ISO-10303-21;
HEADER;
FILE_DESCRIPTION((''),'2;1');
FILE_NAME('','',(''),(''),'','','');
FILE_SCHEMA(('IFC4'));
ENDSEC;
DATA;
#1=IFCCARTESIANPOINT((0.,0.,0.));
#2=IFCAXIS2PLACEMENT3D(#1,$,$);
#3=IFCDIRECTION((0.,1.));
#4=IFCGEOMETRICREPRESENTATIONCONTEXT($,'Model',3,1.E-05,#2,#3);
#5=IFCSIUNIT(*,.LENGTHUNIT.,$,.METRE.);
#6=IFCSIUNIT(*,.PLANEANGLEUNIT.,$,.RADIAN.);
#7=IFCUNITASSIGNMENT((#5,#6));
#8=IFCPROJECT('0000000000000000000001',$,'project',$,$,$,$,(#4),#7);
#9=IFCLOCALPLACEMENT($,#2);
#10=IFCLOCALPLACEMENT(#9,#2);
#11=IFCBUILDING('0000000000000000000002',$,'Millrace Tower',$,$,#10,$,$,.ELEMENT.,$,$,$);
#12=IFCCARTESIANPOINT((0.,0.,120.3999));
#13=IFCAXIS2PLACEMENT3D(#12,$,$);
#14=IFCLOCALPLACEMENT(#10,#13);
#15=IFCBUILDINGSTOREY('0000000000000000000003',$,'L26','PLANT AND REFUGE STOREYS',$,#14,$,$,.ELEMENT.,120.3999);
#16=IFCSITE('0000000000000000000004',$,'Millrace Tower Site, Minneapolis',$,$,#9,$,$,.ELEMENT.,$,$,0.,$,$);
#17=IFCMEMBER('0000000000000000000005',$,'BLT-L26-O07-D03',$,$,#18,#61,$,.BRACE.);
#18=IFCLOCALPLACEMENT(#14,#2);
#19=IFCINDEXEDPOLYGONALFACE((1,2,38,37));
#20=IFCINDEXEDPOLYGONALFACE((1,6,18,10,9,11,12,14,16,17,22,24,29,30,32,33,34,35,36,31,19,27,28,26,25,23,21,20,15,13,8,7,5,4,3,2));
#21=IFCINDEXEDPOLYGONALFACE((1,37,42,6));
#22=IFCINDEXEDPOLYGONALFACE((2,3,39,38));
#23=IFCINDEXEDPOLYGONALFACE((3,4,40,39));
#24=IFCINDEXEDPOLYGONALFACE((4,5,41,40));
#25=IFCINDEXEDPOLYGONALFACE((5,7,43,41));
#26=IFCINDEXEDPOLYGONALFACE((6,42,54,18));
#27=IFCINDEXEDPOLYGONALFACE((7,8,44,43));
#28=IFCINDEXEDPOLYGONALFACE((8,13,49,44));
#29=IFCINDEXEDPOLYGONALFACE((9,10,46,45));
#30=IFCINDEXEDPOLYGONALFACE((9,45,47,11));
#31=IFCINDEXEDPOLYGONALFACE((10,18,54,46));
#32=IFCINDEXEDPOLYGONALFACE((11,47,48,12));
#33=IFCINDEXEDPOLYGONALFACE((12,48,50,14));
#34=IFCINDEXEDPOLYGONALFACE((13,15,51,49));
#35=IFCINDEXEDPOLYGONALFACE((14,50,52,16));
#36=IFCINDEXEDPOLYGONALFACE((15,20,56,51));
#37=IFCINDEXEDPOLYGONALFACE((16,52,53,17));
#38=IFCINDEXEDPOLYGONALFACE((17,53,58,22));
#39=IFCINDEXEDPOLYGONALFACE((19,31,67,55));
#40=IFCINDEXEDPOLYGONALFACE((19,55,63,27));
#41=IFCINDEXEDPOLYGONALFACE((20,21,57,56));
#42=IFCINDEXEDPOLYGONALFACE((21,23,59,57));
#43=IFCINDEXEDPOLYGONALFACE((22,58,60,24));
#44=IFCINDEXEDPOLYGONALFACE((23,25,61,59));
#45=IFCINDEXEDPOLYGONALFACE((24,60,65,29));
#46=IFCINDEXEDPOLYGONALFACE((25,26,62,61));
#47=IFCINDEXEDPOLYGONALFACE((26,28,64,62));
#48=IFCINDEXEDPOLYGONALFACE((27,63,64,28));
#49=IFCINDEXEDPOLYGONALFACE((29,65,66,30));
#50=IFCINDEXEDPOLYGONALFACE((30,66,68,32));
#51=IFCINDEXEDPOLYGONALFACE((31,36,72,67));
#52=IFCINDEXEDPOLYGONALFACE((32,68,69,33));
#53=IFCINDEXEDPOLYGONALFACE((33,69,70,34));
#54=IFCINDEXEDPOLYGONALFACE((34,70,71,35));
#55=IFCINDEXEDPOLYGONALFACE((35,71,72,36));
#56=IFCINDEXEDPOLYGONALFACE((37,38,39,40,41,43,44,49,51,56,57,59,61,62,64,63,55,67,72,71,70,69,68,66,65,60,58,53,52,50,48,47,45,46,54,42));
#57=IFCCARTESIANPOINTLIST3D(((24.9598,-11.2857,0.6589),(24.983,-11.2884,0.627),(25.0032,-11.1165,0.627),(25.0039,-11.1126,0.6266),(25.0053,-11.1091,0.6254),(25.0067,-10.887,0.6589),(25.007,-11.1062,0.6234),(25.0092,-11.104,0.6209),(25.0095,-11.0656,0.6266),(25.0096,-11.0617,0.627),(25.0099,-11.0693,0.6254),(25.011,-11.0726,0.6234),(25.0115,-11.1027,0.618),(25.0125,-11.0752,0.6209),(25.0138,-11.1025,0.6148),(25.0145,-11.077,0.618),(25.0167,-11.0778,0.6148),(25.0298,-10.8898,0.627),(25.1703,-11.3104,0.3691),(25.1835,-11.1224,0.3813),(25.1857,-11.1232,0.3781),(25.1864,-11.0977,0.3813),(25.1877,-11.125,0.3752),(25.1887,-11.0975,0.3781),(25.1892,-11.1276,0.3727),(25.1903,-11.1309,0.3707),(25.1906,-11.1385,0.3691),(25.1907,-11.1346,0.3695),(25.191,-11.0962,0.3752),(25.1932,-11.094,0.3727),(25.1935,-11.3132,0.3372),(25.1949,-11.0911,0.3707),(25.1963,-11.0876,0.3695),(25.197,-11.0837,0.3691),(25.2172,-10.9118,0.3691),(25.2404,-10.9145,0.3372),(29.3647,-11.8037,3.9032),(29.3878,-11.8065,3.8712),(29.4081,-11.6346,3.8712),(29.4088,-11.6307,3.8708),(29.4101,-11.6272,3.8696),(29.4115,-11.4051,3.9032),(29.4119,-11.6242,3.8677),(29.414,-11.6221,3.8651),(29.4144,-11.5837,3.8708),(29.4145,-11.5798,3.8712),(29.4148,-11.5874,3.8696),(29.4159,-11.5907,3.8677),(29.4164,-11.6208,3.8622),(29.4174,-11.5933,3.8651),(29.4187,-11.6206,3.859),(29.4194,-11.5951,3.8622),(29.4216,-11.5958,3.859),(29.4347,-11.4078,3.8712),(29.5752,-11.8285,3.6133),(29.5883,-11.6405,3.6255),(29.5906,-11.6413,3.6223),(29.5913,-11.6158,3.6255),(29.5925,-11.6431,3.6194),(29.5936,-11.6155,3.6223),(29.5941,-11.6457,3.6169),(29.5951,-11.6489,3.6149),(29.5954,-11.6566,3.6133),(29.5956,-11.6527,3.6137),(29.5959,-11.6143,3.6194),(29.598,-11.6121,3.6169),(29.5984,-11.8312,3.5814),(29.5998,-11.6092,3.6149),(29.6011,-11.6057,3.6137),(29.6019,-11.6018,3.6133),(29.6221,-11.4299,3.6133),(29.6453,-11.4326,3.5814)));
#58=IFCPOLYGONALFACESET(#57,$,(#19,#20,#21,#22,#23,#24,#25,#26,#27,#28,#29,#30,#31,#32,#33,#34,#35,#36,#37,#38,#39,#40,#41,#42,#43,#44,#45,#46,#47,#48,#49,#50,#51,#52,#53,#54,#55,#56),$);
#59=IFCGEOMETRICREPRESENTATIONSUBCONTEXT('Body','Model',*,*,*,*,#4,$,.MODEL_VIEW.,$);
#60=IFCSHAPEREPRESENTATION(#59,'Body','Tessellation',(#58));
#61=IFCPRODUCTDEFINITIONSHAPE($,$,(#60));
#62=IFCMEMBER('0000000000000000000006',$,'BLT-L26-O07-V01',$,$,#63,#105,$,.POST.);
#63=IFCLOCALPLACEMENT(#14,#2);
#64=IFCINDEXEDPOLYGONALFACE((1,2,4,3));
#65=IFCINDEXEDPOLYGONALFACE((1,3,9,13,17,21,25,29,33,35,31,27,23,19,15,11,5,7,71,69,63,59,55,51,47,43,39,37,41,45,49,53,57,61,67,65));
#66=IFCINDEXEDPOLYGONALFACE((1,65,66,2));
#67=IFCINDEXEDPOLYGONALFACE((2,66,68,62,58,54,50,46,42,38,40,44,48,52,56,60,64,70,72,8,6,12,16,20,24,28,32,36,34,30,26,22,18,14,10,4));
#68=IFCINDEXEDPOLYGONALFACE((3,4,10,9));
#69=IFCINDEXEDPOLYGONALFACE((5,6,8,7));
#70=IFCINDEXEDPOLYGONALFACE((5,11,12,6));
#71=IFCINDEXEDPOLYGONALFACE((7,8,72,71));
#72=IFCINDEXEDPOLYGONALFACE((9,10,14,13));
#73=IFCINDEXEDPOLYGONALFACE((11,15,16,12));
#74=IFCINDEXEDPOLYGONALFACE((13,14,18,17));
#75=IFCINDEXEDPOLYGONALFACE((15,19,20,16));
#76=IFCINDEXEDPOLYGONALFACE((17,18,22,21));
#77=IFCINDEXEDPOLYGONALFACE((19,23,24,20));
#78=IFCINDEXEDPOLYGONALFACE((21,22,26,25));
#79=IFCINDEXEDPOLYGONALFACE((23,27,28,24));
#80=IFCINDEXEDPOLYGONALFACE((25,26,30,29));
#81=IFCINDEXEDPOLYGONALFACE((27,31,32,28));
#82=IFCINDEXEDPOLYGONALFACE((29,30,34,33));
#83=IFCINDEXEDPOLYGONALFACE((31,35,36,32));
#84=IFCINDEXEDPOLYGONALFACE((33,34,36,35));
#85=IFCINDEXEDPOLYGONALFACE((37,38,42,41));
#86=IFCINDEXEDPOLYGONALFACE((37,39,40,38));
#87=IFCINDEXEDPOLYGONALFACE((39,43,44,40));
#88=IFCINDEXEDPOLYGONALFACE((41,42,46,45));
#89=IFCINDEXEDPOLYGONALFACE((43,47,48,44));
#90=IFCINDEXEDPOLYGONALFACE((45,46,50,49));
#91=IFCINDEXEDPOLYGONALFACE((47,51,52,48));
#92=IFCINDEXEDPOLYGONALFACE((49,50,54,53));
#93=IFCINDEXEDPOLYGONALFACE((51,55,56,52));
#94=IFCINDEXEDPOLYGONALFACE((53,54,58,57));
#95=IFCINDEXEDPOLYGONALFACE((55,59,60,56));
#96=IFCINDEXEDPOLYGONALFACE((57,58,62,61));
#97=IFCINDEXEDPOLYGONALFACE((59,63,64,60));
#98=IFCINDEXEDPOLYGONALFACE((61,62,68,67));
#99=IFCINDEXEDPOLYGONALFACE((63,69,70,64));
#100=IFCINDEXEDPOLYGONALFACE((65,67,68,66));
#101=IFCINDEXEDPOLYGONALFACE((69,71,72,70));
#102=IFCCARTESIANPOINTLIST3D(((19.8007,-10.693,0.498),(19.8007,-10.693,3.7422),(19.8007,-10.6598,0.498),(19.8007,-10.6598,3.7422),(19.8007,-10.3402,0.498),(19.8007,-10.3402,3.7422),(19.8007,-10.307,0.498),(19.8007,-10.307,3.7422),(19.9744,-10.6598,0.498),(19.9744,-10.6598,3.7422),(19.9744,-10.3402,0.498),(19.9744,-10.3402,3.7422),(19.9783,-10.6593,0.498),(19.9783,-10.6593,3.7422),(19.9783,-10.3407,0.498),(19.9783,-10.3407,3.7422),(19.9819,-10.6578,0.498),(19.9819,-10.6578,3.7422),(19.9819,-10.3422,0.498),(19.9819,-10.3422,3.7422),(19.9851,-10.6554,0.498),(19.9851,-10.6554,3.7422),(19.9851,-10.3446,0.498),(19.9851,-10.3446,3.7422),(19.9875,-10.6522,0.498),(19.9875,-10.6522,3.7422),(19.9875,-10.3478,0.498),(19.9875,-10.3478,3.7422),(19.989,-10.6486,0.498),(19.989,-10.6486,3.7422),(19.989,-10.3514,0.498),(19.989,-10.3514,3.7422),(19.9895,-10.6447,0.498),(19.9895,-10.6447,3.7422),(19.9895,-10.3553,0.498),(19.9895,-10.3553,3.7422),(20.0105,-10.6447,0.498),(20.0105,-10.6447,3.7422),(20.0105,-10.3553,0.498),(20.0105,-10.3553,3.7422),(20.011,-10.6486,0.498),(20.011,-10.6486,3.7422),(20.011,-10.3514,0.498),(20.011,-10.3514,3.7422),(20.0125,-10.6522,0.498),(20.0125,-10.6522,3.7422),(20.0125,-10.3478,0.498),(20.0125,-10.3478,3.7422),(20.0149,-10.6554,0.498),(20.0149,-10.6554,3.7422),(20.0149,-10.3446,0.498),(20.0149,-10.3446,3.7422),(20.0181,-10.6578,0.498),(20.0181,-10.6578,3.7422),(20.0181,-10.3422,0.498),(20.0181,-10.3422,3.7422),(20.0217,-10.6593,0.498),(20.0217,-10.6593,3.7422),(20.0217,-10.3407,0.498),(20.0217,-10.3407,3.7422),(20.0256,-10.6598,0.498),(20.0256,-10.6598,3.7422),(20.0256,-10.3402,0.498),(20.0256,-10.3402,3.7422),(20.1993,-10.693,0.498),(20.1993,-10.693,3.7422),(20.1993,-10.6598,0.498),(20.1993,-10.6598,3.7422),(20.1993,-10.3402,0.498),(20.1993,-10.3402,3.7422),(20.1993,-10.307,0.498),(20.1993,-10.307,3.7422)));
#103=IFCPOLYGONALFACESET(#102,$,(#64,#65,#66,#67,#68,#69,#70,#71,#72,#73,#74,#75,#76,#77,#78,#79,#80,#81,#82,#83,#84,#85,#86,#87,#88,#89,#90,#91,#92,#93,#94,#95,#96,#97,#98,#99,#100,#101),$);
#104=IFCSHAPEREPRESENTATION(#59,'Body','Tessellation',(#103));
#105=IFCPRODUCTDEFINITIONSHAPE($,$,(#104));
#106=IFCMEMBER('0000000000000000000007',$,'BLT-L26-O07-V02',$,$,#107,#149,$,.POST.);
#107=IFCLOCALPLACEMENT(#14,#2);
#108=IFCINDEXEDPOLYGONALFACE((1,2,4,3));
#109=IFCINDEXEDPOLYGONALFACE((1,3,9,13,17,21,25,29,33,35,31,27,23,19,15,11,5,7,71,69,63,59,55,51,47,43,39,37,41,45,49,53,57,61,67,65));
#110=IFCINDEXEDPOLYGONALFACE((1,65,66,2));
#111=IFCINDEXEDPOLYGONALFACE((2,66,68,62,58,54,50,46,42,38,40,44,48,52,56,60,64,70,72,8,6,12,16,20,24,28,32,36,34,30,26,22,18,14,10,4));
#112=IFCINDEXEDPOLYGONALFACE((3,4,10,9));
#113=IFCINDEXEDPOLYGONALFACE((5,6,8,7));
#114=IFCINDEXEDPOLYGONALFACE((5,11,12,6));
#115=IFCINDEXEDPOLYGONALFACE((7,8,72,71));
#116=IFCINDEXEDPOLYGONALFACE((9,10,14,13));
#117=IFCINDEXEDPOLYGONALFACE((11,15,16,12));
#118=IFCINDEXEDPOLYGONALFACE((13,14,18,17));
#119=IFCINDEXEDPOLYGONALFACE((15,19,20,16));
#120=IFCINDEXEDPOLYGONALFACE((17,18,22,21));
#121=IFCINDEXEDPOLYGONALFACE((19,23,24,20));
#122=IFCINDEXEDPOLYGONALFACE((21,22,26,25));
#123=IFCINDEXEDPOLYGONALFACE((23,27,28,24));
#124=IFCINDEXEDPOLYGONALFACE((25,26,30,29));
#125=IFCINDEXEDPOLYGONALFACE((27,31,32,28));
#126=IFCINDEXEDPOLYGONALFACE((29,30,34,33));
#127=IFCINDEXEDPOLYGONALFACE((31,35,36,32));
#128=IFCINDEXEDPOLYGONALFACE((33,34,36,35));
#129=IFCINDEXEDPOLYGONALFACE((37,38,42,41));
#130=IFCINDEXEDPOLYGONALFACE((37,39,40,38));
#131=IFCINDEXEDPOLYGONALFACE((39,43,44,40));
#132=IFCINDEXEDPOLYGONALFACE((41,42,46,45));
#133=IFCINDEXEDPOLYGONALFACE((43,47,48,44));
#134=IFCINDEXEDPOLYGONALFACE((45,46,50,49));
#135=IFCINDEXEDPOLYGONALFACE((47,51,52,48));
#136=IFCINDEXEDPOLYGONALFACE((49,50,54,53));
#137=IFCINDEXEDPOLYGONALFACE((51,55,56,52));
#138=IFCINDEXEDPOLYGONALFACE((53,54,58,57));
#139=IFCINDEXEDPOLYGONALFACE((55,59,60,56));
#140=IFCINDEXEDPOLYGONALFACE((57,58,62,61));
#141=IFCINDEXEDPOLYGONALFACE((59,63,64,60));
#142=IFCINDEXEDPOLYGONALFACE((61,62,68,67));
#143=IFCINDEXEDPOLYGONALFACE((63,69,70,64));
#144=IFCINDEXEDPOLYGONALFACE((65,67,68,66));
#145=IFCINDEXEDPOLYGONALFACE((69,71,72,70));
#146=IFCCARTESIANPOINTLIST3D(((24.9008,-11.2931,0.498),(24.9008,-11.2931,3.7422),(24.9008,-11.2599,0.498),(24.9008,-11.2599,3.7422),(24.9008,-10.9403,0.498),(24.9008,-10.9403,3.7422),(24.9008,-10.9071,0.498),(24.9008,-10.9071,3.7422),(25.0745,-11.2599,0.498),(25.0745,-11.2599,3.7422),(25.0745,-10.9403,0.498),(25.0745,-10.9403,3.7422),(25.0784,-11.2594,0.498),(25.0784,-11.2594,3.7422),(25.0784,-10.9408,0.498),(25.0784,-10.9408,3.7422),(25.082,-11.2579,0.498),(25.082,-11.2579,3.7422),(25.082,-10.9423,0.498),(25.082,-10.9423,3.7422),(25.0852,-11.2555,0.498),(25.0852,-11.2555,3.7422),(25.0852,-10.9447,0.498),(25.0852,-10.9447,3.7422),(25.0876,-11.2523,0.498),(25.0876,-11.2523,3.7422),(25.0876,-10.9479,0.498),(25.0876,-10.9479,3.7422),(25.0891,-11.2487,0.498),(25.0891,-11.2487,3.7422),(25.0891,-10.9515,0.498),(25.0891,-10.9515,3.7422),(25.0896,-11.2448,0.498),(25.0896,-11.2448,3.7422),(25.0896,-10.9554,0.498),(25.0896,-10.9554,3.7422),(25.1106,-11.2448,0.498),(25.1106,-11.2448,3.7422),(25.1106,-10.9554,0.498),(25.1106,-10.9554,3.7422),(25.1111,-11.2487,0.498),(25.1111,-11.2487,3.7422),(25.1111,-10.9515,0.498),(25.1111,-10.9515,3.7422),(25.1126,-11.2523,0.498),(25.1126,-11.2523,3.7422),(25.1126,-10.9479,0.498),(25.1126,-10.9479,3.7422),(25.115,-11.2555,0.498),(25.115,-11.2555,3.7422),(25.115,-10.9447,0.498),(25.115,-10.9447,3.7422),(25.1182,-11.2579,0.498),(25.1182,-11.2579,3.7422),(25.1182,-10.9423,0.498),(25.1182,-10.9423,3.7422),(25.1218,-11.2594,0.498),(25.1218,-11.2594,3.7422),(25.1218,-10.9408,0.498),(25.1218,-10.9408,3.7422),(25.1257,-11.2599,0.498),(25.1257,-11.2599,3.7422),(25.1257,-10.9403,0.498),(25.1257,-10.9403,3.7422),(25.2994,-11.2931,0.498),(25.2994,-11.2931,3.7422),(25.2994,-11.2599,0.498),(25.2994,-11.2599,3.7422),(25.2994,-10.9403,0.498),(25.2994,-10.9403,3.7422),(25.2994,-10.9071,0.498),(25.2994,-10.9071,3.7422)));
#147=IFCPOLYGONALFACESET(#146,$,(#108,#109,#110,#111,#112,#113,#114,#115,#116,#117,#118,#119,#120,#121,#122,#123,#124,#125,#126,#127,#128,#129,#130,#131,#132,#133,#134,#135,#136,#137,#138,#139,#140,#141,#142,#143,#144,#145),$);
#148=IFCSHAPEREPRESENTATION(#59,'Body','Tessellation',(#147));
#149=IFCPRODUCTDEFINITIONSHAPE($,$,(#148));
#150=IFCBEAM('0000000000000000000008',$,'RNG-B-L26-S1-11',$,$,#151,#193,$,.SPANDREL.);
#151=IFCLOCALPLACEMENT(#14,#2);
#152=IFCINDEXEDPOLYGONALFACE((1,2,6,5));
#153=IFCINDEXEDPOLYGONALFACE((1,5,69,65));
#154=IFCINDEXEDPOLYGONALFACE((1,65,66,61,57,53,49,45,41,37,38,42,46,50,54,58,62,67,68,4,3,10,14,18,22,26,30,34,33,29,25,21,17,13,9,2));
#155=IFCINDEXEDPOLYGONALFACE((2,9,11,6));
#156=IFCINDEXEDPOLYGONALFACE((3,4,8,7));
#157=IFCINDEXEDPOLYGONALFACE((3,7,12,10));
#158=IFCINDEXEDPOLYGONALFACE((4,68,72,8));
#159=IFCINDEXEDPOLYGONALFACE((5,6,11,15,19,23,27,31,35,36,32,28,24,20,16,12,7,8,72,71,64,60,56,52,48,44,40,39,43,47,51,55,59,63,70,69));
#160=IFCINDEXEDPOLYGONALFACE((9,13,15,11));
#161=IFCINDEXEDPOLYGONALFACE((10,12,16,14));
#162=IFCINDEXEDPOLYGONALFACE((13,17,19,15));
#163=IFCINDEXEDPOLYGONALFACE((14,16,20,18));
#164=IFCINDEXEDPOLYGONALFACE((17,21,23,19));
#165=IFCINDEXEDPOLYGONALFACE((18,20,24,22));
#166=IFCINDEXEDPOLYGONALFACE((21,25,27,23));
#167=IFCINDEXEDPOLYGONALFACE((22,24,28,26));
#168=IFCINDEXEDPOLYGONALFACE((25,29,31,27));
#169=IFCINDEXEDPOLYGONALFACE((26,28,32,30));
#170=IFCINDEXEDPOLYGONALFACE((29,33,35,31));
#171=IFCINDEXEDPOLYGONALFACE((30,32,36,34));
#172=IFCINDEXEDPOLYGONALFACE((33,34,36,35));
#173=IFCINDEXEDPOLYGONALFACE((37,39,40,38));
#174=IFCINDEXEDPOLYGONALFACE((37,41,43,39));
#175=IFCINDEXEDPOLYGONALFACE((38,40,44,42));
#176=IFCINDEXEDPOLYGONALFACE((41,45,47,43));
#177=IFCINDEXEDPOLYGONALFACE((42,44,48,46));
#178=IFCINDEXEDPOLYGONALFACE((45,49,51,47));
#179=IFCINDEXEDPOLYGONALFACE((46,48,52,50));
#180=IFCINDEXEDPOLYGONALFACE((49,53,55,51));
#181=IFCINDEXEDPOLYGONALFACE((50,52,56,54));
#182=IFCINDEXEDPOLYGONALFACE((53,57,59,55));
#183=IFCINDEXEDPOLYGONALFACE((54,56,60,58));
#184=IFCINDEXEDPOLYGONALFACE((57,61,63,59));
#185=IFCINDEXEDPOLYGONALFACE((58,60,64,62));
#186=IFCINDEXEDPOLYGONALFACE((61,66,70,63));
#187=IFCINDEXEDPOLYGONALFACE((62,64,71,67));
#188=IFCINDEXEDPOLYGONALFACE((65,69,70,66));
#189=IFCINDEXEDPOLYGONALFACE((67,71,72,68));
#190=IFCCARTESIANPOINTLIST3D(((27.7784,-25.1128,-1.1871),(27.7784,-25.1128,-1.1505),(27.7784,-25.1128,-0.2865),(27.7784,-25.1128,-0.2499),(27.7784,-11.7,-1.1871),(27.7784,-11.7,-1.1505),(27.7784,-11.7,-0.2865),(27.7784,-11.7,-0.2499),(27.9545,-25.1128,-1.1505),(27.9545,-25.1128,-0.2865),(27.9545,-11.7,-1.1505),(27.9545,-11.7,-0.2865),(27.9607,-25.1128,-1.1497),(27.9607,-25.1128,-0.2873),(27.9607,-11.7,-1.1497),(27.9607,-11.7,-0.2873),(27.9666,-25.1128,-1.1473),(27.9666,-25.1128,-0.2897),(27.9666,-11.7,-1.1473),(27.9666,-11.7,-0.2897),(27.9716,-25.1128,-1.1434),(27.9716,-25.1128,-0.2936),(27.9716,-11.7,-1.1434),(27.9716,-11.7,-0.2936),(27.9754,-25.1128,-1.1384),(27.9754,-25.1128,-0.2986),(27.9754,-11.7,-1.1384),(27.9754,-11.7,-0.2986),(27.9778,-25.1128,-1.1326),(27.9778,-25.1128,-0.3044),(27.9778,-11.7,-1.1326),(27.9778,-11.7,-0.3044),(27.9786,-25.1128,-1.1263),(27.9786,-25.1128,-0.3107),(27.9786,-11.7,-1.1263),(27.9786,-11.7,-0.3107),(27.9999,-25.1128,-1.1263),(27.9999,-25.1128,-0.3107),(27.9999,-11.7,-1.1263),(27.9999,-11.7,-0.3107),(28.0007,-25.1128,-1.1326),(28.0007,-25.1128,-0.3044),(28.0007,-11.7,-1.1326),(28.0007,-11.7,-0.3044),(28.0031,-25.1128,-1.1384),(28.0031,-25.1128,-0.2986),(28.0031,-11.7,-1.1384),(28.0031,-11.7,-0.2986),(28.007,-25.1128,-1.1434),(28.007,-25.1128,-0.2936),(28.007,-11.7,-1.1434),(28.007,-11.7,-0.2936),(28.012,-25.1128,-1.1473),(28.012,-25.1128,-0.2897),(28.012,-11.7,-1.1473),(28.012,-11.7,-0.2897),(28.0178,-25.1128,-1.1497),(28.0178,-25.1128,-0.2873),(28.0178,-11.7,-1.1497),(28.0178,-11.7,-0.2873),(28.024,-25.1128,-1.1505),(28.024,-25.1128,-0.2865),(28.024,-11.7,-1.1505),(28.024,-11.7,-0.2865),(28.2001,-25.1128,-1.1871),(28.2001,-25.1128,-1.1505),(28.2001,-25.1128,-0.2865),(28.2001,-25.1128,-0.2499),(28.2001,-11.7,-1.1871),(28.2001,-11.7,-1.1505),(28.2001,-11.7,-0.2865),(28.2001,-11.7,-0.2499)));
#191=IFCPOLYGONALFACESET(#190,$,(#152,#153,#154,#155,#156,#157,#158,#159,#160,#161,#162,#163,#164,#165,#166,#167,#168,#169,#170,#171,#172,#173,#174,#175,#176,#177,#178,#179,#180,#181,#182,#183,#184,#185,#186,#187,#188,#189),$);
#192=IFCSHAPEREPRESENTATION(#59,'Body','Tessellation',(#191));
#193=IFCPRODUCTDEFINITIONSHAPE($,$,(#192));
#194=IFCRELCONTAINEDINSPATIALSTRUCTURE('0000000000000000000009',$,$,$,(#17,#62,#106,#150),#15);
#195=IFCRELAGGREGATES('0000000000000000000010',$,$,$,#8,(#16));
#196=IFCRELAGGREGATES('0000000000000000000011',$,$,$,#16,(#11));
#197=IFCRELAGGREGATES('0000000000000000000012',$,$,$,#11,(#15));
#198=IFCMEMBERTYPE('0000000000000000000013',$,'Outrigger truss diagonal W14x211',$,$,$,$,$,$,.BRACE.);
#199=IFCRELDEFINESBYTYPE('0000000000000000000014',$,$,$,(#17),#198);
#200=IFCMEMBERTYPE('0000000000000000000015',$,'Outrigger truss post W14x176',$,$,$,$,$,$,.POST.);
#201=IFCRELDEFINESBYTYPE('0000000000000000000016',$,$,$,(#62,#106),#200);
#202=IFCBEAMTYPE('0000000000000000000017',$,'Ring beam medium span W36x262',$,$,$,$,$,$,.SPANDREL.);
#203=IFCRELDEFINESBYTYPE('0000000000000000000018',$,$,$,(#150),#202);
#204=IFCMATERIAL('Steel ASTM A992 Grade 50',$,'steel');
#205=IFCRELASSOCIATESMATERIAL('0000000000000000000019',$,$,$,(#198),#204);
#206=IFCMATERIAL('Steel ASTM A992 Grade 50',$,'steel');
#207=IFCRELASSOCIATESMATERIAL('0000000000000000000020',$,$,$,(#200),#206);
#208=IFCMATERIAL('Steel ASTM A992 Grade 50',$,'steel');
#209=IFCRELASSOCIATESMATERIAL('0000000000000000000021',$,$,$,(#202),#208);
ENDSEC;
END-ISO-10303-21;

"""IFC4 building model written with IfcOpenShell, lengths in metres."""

from ifc_helpers import new_model, si_unit, direction, frame, origin, origin_2d, place, context, subcontext, project, spatial, i_section, extrude, material, material_profile, profile_set, type_object, element, save


model = new_model("IFC4")

# Units and contexts
model_context = context("Model", 3, precision=1e-05, world=origin(), true_north=direction((0.0, 1.0)))
body_context = subcontext(model_context, "Body", "Model", "MODEL_VIEW")
ifc_project = project(units=[si_unit("LENGTHUNIT", "METRE"), si_unit("PLANEANGLEUNIT", "RADIAN")], contexts=[model_context])

# Site, building, storey
site_placement = place(None, origin())
site = spatial("IfcSite", under=ifc_project, at=site_placement, Name="Millrace Tower Site, Minneapolis", CompositionType="ELEMENT", RefElevation=0.0)
building_placement = place(site_placement, origin())
building = spatial("IfcBuilding", under=site, at=building_placement, Name="Millrace Tower", CompositionType="ELEMENT")
storey_placement = place(building_placement, frame((0.0, 0.0, 120.3999)))
storey = spatial("IfcBuildingStorey", under=building, at=storey_placement, Name="L26", Description="PLANT AND REFUGE STOREYS", CompositionType="ELEMENT", Elevation=120.3999)

# Members
ifc_material_1 = material(Name="Steel ASTM A992 Grade 50", Category="steel")
ifc_material_profile_1 = material_profile(ifc_material_1, i_section(OverallWidth=0.4014, OverallDepth=0.3987, WebThickness=0.0249, FlangeThickness=0.0396, FilletRadius=0.0151, at=origin_2d()))
ifc_profile_set_1 = profile_set([ifc_material_profile_1], Name="Steel ASTM A992 Grade 50")
member_type_1 = type_object("IfcMemberType", Name="Outrigger truss diagonal W14x211", PredefinedType="BRACE", material=ifc_profile_set_1)
member_1_placement = place(storey_placement, frame((25.1001, -11.1001, 0.498), z_axis=(0.801599, -0.09428, 0.590381), x_axis=(0.116809, 0.993154, 0.0)))
element("IfcMember", 1, at=member_1_placement, inside=storey, type_object=member_type_1, Name="BLT-L26-O07-D03", PredefinedType="BRACE", context=body_context, shape_type="SweptSolid", body=[
    extrude(i_section(OverallWidth=0.4014, OverallDepth=0.3987, WebThickness=0.0249, FlangeThickness=0.0396, FilletRadius=0.0151, at=origin_2d()), origin(), (0.0, 0.0, 1.0), 5.4951),
])
ifc_material_2 = material(Name="Steel ASTM A992 Grade 50", Category="steel")
ifc_material_profile_2 = material_profile(ifc_material_2, i_section(OverallWidth=0.3987, OverallDepth=0.386, WebThickness=0.021, FlangeThickness=0.0332, FilletRadius=0.0151, at=origin_2d()))
ifc_profile_set_2 = profile_set([ifc_material_profile_2], Name="Steel ASTM A992 Grade 50")
member_type_2 = type_object("IfcMemberType", Name="Outrigger truss post W14x176", PredefinedType="POST", material=ifc_profile_set_2)
for number, where, z_axis, x_axis, name in (
    (2, (20.0, -10.5, 0.498), (0.0, 0.0, 1.0), (1.0, 0.0, 0.0), "BLT-L26-O07-V01"),
    (3, (25.1001, -11.1001, 0.498), (0.0, 0.0, 1.0), (1.0, 0.0, 0.0), "BLT-L26-O07-V02"),
):
    element("IfcMember", number, at=place(storey_placement, frame(where, z_axis=z_axis, x_axis=x_axis)), inside=storey, type_object=member_type_2, Name=name, PredefinedType="POST", context=body_context, shape_type="SweptSolid", body=[
        extrude(i_section(OverallWidth=0.3987, OverallDepth=0.386, WebThickness=0.021, FlangeThickness=0.0332, FilletRadius=0.0151, at=origin_2d()), origin(), (0.0, 0.0, 1.0), 3.2441),
    ])

# Beam
ifc_material_3 = material(Name="Steel ASTM A992 Grade 50", Category="steel")
ifc_material_profile_3 = material_profile(ifc_material_3, i_section(OverallWidth=0.4216, OverallDepth=0.9373, WebThickness=0.0212, FlangeThickness=0.0366, FilletRadius=0.0242, at=origin_2d()))
ifc_profile_set_3 = profile_set([ifc_material_profile_3], Name="Steel ASTM A992 Grade 50")
beam_type_1 = type_object("IfcBeamType", Name="Ring beam medium span W36x262", PredefinedType="SPANDREL", material=ifc_profile_set_3)
beam_1_placement = place(storey_placement, frame((27.9893, -11.7, -0.7185), z_axis=(0.0, -1.0, 0.0), x_axis=(1.0, 0.0, 0.0)))
element("IfcBeam", 4, at=beam_1_placement, inside=storey, type_object=beam_type_1, Name="RNG-B-L26-S1-11", PredefinedType="SPANDREL", context=body_context, shape_type="SweptSolid", body=[
    extrude(i_section(OverallWidth=0.4216, OverallDepth=0.9373, WebThickness=0.0212, FlangeThickness=0.0366, FilletRadius=0.0242, at=origin_2d()), origin(), (0.0, 0.0, 1.0), 13.4128),
])

save(model, "model.ifc")
